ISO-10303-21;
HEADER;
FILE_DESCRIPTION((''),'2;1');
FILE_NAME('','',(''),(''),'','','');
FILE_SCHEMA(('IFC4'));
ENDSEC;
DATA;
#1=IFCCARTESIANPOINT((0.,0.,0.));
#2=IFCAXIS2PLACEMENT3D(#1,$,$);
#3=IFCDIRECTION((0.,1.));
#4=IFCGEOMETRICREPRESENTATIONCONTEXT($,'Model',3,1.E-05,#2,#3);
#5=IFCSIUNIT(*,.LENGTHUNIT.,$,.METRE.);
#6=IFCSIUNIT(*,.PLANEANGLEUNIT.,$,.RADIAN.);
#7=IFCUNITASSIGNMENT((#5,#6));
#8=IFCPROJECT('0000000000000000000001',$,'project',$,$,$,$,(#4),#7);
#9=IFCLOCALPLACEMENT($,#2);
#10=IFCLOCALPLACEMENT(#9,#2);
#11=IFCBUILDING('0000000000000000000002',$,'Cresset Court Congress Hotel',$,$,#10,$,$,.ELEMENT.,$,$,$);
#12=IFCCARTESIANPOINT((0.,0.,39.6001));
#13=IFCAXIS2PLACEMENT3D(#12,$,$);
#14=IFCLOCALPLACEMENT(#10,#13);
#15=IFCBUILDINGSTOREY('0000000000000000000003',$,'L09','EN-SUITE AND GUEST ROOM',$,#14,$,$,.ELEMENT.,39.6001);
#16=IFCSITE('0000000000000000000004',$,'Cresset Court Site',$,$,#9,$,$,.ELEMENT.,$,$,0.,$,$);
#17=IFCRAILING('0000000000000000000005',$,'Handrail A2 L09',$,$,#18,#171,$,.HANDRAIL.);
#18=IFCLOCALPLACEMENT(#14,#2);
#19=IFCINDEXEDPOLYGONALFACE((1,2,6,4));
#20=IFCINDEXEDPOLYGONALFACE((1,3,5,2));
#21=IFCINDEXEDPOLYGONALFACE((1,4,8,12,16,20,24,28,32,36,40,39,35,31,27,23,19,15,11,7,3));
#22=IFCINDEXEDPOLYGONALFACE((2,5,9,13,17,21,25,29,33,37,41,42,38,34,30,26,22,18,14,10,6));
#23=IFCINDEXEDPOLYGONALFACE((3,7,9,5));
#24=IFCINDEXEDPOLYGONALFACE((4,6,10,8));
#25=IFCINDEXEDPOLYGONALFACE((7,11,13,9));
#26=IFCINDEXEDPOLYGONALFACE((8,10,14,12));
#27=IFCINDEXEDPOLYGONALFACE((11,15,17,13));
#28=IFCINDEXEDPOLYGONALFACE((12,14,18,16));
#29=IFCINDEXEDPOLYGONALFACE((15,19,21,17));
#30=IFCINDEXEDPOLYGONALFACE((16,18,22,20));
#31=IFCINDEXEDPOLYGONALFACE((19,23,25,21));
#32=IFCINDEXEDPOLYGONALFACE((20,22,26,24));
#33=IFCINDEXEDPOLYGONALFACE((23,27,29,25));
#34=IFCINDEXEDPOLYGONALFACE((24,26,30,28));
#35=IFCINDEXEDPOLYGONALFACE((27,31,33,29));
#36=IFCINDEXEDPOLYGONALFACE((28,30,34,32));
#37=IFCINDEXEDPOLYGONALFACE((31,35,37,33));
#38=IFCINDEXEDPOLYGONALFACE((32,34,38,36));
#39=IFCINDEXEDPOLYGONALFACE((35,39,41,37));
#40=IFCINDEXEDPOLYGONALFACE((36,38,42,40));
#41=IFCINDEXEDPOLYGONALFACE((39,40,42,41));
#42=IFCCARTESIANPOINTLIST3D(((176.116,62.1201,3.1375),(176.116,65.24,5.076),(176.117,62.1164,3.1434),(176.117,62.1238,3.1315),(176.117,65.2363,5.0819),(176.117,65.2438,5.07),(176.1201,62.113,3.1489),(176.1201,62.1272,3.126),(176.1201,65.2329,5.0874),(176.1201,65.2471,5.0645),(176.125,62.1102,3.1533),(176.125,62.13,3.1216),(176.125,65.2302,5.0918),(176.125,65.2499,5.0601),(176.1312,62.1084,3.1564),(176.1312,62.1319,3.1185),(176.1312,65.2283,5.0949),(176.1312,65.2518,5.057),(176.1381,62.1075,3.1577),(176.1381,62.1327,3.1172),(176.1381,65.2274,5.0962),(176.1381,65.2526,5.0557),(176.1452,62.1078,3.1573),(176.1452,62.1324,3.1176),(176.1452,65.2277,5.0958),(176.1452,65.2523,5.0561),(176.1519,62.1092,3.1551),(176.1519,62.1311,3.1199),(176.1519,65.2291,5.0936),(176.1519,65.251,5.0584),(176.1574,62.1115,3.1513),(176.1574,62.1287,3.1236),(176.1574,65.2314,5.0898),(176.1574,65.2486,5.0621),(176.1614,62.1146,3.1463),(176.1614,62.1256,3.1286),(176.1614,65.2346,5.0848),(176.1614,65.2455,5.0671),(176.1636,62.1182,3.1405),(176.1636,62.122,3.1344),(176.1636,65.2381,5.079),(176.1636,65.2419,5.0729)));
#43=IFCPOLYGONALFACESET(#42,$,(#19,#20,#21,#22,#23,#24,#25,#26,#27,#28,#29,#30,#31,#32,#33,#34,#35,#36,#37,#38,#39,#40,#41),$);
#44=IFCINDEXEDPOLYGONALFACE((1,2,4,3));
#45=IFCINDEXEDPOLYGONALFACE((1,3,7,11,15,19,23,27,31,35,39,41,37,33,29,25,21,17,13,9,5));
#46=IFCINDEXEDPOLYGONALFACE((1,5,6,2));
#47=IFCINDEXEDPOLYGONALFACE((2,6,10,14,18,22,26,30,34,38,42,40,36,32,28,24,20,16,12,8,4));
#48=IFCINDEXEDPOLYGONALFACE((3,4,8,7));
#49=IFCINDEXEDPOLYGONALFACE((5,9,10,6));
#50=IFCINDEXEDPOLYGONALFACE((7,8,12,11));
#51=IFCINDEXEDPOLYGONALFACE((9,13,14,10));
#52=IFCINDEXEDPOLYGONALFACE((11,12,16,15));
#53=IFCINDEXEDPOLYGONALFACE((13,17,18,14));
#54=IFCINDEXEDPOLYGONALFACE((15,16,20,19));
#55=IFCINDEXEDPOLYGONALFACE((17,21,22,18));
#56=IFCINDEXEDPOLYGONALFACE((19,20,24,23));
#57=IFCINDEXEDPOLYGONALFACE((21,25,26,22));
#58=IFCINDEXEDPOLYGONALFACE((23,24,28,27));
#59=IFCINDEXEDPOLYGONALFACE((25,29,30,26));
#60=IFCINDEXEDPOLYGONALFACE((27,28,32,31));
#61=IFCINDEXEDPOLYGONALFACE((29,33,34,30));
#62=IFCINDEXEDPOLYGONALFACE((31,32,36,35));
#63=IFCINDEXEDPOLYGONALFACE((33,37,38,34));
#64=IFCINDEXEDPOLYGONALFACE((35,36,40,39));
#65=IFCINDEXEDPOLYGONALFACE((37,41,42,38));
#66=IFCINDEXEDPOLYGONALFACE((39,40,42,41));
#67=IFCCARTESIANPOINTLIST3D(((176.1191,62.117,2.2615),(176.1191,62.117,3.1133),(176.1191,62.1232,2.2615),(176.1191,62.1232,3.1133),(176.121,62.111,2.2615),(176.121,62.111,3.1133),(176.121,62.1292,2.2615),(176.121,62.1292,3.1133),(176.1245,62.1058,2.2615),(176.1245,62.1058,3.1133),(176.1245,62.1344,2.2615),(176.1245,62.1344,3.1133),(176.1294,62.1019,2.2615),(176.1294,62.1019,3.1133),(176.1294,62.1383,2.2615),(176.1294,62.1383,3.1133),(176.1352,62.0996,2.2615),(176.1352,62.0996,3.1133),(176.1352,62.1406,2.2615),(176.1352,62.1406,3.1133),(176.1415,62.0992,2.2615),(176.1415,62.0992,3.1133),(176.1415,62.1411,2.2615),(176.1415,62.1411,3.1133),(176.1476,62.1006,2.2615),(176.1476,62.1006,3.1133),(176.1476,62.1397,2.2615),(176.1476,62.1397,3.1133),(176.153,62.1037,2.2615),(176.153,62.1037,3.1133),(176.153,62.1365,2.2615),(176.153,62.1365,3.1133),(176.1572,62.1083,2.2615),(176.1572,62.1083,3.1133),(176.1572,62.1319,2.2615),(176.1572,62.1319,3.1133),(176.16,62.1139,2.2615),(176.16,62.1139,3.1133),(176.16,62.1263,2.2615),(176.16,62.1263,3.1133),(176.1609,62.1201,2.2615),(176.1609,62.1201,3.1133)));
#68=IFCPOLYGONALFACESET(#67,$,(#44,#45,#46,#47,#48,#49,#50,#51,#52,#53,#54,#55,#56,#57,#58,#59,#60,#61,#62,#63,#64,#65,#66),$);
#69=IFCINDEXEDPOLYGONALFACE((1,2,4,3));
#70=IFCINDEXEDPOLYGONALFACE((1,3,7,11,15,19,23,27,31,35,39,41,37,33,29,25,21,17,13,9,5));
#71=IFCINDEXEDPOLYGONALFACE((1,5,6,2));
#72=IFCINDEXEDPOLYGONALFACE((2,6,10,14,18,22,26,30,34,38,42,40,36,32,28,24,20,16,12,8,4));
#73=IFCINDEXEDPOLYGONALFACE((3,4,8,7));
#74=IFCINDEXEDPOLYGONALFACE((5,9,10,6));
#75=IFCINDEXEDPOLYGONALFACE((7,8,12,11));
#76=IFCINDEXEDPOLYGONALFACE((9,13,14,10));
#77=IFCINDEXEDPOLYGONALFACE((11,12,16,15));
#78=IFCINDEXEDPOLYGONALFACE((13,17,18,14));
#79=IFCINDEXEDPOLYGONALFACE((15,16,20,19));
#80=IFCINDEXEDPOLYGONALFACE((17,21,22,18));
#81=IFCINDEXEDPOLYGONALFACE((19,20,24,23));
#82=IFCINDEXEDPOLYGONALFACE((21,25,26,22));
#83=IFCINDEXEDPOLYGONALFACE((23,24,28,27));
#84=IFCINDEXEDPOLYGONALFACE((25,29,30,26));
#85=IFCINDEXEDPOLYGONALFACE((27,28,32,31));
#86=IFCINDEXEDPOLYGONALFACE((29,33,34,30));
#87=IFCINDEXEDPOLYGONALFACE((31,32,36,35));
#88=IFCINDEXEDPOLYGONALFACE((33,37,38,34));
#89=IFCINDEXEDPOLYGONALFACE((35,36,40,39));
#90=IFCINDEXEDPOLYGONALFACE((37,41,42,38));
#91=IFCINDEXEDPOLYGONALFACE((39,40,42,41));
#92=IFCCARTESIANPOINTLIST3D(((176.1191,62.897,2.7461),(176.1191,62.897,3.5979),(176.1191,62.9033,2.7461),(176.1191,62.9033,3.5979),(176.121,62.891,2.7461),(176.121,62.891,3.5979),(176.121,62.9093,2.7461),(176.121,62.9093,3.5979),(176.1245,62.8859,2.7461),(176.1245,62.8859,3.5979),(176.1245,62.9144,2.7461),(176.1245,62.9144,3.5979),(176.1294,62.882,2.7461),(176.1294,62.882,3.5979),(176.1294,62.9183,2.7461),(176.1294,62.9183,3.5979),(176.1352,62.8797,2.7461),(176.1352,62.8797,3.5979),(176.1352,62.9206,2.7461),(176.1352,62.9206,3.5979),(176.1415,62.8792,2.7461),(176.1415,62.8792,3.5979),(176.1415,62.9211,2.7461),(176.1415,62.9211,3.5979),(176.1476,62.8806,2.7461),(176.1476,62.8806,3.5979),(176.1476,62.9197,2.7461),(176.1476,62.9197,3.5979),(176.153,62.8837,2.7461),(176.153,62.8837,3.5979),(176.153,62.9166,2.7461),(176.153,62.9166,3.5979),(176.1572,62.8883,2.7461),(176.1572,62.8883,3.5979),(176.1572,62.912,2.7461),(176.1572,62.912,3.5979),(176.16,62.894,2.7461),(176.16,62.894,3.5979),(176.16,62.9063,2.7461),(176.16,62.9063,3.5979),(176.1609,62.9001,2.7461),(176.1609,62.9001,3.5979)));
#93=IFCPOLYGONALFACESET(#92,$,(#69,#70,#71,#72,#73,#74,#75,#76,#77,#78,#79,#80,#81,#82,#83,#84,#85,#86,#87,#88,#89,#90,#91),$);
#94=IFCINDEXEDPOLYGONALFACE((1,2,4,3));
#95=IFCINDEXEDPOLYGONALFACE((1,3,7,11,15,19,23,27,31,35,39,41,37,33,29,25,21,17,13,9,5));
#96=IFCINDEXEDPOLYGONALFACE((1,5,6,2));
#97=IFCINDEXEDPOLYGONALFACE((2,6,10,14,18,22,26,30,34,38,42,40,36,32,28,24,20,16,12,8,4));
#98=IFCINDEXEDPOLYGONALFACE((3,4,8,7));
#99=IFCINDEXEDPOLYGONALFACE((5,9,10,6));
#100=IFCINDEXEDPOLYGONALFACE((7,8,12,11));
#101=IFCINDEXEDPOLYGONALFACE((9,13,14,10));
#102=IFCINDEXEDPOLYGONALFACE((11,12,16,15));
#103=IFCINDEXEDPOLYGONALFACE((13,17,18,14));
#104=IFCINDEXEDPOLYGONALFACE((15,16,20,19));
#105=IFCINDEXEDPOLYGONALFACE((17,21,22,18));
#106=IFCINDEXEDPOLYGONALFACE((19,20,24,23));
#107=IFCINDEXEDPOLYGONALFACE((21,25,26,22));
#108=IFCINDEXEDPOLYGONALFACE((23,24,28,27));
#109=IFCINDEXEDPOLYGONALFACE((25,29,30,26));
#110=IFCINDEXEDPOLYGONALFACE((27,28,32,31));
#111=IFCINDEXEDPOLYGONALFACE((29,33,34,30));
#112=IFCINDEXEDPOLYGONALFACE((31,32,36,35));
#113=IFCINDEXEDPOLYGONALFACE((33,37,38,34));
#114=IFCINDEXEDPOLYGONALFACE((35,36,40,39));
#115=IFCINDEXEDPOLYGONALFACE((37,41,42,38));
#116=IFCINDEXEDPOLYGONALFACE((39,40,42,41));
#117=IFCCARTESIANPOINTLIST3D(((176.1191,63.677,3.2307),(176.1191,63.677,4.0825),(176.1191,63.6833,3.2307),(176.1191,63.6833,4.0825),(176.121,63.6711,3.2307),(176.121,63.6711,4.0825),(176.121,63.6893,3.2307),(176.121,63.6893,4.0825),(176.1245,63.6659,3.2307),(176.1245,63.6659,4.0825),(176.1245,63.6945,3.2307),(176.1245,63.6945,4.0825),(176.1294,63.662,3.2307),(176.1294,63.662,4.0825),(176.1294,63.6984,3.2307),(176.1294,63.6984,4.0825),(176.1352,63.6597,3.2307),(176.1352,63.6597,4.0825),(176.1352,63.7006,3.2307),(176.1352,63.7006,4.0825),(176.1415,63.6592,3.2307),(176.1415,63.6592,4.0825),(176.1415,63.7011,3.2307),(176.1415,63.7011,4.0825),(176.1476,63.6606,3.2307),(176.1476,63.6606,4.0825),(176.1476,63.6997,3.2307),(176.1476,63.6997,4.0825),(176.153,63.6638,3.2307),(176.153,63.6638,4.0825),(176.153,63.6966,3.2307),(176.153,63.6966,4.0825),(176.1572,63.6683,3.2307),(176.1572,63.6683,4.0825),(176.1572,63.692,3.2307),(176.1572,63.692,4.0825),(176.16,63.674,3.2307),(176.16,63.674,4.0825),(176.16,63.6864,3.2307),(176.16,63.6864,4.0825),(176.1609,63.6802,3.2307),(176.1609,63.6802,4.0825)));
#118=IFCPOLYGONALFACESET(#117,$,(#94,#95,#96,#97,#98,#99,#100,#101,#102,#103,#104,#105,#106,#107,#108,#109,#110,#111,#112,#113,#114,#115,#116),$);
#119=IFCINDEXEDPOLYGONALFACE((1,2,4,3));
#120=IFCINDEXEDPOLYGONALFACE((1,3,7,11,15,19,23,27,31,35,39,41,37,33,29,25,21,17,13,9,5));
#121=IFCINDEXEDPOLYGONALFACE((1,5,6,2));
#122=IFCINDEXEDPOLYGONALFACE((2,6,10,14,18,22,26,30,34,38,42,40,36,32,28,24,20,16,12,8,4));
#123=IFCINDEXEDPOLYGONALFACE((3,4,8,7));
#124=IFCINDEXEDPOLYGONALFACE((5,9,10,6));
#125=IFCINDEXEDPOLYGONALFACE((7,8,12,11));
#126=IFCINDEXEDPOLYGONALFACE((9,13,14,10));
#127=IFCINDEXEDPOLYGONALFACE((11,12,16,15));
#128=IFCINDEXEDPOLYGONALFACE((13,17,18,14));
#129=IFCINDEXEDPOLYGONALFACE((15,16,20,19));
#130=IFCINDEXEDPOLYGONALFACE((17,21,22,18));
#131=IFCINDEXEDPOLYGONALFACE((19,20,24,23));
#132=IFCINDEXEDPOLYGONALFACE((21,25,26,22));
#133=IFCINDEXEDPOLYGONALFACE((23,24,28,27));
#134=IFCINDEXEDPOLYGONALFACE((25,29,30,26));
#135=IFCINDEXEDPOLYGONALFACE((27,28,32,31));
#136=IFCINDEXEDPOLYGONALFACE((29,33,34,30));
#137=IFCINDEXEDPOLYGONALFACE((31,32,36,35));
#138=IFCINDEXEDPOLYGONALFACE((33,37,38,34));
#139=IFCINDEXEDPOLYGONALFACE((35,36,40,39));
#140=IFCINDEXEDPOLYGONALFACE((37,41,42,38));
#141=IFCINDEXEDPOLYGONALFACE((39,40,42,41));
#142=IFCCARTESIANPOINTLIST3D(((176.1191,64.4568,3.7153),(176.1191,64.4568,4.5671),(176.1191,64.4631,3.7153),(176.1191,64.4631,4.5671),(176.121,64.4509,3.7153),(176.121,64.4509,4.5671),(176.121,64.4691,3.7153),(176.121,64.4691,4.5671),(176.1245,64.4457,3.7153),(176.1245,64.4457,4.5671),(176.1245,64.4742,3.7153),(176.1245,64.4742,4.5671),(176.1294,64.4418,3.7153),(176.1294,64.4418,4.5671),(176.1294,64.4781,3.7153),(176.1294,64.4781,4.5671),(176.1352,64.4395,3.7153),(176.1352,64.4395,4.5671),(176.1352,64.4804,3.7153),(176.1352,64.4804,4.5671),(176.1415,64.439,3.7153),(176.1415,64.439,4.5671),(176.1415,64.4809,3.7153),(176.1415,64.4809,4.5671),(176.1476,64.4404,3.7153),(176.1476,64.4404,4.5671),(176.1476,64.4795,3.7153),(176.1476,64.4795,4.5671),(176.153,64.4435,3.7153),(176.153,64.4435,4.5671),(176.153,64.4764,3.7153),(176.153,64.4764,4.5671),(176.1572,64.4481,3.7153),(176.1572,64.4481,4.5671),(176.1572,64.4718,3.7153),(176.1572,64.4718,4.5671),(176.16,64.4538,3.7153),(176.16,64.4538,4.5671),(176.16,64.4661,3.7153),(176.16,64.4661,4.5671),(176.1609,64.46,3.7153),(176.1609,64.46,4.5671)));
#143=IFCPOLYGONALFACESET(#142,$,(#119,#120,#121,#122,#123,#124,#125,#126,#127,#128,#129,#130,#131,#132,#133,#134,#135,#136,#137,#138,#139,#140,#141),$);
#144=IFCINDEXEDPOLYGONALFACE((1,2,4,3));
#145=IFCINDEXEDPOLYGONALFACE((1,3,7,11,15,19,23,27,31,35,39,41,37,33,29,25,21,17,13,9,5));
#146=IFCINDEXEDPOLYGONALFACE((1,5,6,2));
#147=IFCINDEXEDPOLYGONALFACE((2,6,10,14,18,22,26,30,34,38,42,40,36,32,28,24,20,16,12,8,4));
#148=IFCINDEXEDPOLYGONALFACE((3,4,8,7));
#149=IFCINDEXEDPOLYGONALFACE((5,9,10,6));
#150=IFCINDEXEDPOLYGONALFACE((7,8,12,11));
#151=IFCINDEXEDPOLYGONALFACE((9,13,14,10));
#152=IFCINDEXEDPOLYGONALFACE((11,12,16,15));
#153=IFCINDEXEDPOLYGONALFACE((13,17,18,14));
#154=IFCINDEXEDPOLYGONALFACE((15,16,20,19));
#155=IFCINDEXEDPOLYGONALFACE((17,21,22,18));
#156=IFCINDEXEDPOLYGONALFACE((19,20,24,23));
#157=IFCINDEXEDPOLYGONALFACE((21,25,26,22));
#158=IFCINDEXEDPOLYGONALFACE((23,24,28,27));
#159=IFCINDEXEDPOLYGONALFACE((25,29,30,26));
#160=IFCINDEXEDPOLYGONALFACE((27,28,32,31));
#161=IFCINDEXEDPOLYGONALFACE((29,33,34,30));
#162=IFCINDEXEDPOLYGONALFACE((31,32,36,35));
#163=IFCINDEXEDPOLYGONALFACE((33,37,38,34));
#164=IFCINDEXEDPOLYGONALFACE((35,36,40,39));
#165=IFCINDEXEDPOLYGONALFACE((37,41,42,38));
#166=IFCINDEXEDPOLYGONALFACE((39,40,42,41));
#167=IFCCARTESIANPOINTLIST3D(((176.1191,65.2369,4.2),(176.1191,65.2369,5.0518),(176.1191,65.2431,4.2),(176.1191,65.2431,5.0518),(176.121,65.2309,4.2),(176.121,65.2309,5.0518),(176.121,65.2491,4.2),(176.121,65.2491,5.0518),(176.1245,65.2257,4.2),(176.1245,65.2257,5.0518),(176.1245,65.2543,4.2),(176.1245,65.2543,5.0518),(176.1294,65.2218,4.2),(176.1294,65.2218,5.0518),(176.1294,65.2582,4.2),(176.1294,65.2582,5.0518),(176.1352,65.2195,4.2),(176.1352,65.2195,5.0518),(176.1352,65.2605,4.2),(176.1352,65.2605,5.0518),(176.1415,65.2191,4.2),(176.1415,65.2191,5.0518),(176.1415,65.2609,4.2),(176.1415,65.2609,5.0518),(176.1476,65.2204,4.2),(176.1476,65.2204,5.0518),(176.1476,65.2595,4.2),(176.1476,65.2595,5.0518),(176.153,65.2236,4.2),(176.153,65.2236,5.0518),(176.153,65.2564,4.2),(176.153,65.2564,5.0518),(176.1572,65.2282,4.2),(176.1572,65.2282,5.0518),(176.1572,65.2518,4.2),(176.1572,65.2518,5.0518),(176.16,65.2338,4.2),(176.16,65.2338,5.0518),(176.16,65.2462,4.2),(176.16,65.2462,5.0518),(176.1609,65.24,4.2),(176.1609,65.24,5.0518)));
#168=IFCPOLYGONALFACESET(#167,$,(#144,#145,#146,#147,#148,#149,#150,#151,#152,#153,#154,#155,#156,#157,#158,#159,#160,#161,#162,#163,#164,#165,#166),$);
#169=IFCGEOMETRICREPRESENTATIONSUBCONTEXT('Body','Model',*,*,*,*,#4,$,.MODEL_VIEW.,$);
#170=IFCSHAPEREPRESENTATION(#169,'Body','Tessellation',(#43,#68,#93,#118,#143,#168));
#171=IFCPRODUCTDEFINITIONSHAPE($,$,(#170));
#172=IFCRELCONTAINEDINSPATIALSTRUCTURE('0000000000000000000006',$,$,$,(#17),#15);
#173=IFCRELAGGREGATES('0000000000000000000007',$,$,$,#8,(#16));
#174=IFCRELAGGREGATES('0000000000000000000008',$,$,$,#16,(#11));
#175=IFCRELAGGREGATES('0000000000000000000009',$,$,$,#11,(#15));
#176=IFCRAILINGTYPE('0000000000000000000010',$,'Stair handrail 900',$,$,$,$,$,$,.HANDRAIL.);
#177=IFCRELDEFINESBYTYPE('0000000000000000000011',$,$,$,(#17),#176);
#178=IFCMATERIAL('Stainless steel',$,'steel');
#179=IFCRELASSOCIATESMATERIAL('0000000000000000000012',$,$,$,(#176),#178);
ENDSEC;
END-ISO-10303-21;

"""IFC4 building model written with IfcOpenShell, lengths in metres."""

from ifc_helpers import new_model, si_unit, direction, frame, origin, origin_2d, place, context, subcontext, project, spatial, circle, extrude, material, type_object, element, save


model = new_model("IFC4")

# Units and contexts
model_context = context("Model", 3, precision=1e-05, world=origin(), true_north=direction((0.0, 1.0)))
body_context = subcontext(model_context, "Body", "Model", "MODEL_VIEW")
ifc_project = project(units=[si_unit("LENGTHUNIT", "METRE"), si_unit("PLANEANGLEUNIT", "RADIAN")], contexts=[model_context])

# Site, building, storey
site_placement = place(None, origin())
site = spatial("IfcSite", under=ifc_project, at=site_placement, Name="Cresset Court Site", CompositionType="ELEMENT", RefElevation=0.0)
building_placement = place(site_placement, origin())
building = spatial("IfcBuilding", under=site, at=building_placement, Name="Cresset Court Congress Hotel", CompositionType="ELEMENT")
storey_placement = place(building_placement, frame((0.0, 0.0, 39.6001)))
storey = spatial("IfcBuildingStorey", under=building, at=storey_placement, Name="L09", Description="EN-SUITE AND GUEST ROOM", CompositionType="ELEMENT", Elevation=39.6001)

# Railing
ifc_material_1 = material(Name="Stainless steel", Category="steel")
railing_type_1 = type_object("IfcRailingType", Name="Stair handrail 900", PredefinedType="HANDRAIL", material=ifc_material_1)
railing_1_placement = place(storey_placement, frame((176.1399, 62.1201, 2.2615)))
element("IfcRailing", 1, at=railing_1_placement, inside=storey, type_object=railing_type_1, Name="Handrail A2 L09", PredefinedType="HANDRAIL", context=body_context, shape_type="SweptSolid", body=[
    extrude(circle(Radius=0.0239, at=origin_2d()), frame((0.0, 0.0, 0.876), z_axis=(0.0, 0.849396, 0.527757), x_axis=(-1.0, 0.0, 0.0)), (0.0, 0.0, 1.0), 3.6731),
    extrude(circle(Radius=0.021, at=origin_2d()), origin(), (0.0, 0.0, 1.0), 0.8518),
    extrude(circle(Radius=0.021, at=origin_2d()), frame((0.0, 0.78, 0.4846)), (0.0, 0.0, 1.0), 0.8518),
    extrude(circle(Radius=0.021, at=origin_2d()), frame((0.0, 1.5601, 0.9692)), (0.0, 0.0, 1.0), 0.8518),
    extrude(circle(Radius=0.021, at=origin_2d()), frame((0.0, 2.3398, 1.4539)), (0.0, 0.0, 1.0), 0.8518),
    extrude(circle(Radius=0.021, at=origin_2d()), frame((0.0, 3.1199, 1.9385)), (0.0, 0.0, 1.0), 0.8518),
])

save(model, "model.ifc")
